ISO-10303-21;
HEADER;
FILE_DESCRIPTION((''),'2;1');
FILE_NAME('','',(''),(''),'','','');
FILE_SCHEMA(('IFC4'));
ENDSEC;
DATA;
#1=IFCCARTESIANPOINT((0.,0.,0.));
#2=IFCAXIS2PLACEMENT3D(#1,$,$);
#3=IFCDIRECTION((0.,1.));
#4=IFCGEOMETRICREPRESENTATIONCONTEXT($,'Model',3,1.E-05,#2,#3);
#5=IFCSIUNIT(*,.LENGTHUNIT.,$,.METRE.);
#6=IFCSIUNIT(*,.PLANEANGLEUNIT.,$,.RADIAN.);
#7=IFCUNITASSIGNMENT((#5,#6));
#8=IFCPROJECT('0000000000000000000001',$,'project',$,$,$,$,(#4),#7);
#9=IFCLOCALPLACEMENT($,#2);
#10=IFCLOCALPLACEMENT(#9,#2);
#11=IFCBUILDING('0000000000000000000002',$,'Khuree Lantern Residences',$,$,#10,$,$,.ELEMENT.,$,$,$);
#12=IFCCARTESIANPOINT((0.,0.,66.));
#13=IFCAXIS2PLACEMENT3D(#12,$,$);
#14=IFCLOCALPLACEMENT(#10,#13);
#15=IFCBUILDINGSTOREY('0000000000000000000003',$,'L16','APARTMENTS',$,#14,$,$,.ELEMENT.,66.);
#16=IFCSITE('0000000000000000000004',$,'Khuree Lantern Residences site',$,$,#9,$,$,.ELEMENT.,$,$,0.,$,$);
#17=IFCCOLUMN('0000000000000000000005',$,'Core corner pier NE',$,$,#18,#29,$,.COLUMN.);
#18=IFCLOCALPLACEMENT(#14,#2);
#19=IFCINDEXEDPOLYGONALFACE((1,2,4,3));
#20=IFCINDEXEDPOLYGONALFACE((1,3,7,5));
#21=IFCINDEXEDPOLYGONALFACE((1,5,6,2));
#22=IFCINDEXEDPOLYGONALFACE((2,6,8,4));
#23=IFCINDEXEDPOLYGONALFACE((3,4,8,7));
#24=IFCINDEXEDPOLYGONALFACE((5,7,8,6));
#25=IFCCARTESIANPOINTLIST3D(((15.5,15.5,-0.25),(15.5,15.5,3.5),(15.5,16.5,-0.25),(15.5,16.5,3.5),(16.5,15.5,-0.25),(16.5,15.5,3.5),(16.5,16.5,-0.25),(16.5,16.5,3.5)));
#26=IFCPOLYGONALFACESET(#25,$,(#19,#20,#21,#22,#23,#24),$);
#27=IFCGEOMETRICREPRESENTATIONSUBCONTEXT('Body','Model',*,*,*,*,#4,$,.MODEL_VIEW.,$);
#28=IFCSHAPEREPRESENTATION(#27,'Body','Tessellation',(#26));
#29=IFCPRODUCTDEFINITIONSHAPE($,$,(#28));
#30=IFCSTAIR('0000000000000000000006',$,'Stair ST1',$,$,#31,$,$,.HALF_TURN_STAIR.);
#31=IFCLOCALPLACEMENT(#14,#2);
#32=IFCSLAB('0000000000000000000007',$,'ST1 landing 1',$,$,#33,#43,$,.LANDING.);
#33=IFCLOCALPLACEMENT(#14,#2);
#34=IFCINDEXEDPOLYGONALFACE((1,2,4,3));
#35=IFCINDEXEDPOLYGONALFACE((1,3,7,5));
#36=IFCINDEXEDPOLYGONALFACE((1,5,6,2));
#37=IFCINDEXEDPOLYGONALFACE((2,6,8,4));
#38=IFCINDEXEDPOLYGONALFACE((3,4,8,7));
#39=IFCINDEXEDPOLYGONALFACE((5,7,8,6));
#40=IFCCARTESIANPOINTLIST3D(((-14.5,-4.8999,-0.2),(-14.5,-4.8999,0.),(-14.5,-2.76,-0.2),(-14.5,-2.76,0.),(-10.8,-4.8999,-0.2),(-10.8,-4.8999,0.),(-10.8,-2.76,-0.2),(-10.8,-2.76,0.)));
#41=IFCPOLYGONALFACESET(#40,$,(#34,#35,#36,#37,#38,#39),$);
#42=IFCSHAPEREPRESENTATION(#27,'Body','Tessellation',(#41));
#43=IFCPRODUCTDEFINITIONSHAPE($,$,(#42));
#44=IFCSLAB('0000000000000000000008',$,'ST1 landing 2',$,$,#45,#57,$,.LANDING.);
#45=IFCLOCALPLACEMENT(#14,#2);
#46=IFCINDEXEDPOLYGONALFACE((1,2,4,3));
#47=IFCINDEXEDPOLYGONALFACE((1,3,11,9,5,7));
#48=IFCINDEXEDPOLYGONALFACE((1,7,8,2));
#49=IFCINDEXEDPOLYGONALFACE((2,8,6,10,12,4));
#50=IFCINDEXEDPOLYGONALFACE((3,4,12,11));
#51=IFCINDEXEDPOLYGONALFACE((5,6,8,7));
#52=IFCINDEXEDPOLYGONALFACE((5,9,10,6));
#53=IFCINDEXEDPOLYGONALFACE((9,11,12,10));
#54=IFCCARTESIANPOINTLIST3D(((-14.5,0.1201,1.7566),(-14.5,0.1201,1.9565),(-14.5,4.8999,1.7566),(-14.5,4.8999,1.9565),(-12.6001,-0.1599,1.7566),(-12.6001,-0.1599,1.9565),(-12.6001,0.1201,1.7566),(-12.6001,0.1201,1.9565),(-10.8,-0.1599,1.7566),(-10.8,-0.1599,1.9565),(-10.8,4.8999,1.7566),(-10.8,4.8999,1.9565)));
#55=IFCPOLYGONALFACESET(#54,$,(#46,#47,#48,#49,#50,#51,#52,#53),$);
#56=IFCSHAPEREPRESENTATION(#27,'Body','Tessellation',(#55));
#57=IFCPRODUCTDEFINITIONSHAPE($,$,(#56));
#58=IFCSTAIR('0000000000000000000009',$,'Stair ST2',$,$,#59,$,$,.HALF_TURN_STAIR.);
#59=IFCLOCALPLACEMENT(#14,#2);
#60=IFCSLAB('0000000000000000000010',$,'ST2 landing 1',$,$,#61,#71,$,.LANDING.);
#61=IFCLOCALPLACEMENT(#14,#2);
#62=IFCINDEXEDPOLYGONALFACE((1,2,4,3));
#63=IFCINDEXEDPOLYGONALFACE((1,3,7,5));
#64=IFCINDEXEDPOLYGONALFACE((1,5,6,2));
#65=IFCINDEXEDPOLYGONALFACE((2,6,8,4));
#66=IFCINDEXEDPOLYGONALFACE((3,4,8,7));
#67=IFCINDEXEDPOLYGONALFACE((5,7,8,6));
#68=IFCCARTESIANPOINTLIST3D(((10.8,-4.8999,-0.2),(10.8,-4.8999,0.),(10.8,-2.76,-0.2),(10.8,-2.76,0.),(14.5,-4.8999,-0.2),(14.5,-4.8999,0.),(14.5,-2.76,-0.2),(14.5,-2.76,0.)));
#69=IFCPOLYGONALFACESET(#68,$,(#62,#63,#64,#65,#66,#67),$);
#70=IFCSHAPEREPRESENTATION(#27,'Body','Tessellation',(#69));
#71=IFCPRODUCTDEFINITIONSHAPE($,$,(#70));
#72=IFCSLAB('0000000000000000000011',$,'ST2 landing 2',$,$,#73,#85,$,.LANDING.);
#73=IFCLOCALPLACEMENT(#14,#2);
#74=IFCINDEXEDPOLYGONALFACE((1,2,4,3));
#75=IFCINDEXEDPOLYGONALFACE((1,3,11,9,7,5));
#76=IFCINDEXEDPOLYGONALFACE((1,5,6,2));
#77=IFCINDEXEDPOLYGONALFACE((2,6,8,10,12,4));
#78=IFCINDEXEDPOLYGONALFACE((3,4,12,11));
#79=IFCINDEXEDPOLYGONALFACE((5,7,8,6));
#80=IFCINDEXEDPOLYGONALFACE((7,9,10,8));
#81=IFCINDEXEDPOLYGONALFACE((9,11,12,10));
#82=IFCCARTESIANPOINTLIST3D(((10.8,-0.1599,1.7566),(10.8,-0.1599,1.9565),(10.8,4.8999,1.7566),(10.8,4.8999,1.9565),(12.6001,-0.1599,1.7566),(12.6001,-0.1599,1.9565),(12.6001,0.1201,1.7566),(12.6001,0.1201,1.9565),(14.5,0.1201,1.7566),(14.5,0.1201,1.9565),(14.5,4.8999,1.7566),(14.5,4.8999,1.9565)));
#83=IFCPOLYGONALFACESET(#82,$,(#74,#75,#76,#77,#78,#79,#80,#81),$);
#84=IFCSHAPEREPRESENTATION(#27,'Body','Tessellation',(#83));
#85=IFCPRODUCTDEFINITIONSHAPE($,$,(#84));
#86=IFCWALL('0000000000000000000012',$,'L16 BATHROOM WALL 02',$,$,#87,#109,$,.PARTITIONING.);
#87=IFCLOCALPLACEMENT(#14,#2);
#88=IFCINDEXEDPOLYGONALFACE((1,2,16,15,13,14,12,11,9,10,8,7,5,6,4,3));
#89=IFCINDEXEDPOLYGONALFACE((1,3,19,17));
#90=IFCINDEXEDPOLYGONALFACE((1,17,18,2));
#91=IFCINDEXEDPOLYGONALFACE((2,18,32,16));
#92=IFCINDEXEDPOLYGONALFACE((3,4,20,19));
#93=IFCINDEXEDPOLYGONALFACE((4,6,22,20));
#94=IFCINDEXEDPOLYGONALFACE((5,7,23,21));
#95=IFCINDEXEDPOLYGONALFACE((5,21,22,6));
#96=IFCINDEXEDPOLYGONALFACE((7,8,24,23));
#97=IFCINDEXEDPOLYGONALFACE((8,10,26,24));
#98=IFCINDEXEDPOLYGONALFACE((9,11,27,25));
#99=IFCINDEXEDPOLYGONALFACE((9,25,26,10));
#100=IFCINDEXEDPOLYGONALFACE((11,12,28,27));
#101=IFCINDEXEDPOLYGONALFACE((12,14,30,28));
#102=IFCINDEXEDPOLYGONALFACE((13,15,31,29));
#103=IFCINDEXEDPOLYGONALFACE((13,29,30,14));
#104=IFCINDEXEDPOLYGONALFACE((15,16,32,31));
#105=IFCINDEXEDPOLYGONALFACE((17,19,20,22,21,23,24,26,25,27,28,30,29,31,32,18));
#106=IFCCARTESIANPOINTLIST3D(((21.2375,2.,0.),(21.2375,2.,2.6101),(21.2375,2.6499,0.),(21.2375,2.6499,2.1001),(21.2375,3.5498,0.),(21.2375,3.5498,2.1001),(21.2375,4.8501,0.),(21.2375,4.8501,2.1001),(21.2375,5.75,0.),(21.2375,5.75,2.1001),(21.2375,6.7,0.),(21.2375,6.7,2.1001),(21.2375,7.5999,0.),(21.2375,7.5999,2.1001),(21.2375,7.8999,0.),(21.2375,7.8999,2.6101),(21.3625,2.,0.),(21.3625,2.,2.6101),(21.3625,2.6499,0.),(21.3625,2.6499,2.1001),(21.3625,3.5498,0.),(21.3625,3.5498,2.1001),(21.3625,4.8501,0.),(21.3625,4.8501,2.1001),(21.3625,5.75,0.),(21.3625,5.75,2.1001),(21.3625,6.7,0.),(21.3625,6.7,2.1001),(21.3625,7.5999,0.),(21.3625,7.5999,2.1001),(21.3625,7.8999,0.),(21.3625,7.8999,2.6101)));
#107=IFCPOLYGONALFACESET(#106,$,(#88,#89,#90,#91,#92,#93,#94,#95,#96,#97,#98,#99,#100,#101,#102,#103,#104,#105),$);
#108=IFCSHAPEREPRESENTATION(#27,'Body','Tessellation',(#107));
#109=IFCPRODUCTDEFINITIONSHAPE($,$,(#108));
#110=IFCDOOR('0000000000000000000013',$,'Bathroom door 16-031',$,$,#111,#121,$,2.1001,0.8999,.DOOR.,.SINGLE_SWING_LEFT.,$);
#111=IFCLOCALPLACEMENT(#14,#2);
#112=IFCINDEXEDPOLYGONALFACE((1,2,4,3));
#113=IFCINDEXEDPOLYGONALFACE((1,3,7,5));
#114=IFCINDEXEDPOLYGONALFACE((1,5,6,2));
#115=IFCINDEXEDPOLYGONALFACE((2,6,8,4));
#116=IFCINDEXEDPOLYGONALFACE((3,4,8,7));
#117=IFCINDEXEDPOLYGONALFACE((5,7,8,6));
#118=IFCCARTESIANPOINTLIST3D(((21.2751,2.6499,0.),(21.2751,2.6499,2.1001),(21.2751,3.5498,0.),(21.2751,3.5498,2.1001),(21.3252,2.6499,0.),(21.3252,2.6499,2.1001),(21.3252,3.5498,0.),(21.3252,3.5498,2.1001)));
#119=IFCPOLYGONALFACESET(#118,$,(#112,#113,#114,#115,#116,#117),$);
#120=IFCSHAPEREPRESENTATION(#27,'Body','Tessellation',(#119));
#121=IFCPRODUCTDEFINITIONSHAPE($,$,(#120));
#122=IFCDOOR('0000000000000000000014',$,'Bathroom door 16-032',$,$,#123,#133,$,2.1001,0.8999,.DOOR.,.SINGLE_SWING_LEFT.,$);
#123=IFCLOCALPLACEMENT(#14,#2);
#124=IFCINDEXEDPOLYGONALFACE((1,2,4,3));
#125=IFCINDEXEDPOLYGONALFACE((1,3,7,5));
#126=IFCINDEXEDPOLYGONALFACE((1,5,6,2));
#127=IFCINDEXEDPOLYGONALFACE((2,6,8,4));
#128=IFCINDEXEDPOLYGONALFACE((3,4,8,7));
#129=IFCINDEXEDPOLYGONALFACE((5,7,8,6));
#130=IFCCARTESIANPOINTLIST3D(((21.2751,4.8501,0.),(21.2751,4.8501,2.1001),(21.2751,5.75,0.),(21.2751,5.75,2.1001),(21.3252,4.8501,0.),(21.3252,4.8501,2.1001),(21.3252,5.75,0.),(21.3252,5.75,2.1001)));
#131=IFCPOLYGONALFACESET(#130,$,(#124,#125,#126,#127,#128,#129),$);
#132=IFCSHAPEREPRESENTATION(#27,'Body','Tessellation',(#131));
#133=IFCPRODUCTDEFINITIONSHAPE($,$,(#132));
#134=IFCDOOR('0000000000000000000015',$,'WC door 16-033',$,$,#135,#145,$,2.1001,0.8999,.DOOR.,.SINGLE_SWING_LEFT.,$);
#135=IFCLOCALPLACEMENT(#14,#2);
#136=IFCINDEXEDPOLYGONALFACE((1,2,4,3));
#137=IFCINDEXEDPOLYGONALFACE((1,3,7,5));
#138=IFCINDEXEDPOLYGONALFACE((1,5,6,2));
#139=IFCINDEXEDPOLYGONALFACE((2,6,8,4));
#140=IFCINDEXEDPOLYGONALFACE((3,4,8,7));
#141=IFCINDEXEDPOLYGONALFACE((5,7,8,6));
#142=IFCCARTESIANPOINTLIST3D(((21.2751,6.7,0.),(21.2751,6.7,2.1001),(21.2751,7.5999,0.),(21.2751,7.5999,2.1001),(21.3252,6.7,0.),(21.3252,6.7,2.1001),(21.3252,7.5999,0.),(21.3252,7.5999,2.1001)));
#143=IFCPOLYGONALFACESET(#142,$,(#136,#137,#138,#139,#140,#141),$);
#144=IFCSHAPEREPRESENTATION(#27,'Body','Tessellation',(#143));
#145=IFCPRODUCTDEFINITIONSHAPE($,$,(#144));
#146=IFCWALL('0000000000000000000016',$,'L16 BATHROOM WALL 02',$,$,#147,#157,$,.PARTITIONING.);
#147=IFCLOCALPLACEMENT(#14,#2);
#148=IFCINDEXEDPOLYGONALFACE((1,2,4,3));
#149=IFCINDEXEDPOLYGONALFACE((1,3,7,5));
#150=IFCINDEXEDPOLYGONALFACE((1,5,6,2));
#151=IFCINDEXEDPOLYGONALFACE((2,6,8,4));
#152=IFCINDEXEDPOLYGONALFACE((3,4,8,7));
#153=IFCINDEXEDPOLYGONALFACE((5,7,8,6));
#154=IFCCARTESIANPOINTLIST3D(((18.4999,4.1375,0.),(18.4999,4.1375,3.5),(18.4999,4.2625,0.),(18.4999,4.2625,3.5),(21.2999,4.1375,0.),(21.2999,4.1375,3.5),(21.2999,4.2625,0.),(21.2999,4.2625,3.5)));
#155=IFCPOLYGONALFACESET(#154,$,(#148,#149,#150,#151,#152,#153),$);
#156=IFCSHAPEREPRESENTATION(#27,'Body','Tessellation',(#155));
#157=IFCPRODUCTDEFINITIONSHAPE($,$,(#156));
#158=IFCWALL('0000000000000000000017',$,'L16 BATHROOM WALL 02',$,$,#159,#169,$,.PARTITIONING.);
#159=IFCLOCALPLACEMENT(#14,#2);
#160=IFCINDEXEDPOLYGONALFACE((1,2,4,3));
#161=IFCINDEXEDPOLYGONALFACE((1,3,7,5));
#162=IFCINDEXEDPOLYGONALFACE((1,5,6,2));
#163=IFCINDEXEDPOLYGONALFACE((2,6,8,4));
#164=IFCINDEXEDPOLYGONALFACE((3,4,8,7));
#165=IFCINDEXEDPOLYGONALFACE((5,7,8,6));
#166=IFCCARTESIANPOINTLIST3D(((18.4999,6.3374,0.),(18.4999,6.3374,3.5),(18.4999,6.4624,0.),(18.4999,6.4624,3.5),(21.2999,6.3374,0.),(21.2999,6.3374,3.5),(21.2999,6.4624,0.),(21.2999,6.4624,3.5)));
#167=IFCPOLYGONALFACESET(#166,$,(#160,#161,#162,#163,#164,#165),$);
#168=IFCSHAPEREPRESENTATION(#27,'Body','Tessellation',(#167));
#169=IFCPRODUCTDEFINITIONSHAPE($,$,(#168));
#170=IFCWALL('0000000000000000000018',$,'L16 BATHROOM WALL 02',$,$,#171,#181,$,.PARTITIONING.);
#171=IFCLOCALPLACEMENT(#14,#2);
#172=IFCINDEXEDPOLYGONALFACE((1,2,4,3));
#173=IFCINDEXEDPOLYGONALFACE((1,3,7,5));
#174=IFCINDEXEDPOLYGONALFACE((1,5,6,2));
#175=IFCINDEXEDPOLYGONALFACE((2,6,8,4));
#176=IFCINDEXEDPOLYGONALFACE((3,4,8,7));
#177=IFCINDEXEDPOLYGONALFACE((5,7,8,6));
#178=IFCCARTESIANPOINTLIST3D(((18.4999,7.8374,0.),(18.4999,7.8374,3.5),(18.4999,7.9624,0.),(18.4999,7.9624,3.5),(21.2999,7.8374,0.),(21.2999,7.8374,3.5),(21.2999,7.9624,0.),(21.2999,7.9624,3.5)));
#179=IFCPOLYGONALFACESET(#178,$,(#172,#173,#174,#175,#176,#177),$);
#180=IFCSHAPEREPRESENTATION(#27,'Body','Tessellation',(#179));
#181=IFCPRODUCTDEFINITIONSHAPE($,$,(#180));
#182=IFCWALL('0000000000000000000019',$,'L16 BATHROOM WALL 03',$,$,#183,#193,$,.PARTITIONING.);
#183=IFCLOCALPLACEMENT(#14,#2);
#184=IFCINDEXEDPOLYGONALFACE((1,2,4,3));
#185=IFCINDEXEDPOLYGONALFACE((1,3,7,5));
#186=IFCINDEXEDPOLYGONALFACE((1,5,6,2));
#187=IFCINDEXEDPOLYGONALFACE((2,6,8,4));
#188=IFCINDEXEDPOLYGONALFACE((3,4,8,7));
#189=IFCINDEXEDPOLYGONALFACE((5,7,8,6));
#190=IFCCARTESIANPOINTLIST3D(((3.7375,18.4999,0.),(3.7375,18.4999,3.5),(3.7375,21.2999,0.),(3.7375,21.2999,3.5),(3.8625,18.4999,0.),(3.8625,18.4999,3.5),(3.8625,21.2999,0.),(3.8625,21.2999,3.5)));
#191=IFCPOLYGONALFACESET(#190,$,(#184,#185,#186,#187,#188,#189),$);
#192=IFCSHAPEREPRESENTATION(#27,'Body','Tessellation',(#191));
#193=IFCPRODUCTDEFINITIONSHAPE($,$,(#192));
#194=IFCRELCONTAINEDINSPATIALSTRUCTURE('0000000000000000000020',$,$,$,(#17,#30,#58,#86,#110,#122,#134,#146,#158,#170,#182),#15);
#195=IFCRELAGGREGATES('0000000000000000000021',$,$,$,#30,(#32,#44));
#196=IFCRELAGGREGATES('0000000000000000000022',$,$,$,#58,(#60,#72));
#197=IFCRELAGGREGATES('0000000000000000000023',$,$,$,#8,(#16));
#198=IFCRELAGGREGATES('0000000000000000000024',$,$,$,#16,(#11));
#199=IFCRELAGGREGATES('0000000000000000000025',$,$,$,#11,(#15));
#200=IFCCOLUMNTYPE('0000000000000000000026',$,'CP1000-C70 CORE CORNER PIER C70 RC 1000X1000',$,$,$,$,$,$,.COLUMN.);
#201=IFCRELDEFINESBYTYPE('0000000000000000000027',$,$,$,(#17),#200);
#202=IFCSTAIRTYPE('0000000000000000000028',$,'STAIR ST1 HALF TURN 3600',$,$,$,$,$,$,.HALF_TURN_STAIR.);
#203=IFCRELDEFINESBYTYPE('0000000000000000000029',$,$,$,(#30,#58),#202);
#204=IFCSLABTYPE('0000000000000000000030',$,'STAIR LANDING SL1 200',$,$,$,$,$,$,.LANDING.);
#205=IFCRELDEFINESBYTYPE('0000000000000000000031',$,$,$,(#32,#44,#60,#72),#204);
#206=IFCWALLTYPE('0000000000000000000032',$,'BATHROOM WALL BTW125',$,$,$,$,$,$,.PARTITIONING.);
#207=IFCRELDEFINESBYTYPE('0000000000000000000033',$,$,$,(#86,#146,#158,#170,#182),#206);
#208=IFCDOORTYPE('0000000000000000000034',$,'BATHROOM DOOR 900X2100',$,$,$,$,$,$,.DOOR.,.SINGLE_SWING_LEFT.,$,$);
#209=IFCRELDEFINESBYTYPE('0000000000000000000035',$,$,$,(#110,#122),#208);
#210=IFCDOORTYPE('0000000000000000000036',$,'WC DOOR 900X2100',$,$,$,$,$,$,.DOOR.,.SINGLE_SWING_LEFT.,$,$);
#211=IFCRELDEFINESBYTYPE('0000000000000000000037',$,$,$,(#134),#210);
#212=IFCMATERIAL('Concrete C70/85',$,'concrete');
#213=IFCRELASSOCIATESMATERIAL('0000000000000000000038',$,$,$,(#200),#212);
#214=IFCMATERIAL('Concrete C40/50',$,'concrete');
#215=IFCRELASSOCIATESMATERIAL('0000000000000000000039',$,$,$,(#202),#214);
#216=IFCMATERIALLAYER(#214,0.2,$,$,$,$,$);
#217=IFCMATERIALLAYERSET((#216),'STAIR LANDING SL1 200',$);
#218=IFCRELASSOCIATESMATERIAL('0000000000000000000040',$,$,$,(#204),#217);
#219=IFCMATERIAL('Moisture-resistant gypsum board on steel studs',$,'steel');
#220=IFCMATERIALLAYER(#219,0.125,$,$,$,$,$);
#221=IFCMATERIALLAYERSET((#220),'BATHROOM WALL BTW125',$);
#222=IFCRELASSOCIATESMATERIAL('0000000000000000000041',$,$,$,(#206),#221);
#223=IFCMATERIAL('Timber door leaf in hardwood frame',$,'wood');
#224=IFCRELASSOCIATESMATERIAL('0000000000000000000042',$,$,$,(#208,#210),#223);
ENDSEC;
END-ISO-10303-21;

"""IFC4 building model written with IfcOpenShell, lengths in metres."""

from ifc_helpers import new_model, si_unit, direction, frame, frame_2d, origin, origin_2d, place, context, subcontext, project, spatial, polyline, rectangle, outline, extrude, material, layer, layer_set, material_profile, profile_set, type_object, element, fill, aggregate, save


model = new_model("IFC4")

# Units and contexts
model_context = context("Model", 3, precision=1e-05, world=origin(), true_north=direction((0.0, 1.0)))
body_context = subcontext(model_context, "Body", "Model", "MODEL_VIEW")
ifc_project = project(units=[si_unit("LENGTHUNIT", "METRE"), si_unit("PLANEANGLEUNIT", "RADIAN")], contexts=[model_context])

# Site, building, storey
site_placement = place(None, origin())
site = spatial("IfcSite", under=ifc_project, at=site_placement, Name="Khuree Lantern Residences site", CompositionType="ELEMENT", RefElevation=0.0)
building_placement = place(site_placement, origin())
building = spatial("IfcBuilding", under=site, at=building_placement, Name="Khuree Lantern Residences", CompositionType="ELEMENT")
storey_placement = place(building_placement, frame((0.0, 0.0, 66.0)))
storey = spatial("IfcBuildingStorey", under=building, at=storey_placement, Name="L16", Description="APARTMENTS", CompositionType="ELEMENT", Elevation=66.0)

# Column
ifc_material_1 = material(Name="Concrete C70/85", Category="concrete")
ifc_material_profile = material_profile(ifc_material_1, rectangle(XDim=1.0, YDim=1.0, at=origin_2d()), Name="RC 1000X1000")
ifc_profile_set = profile_set([ifc_material_profile], Name="Concrete C70/85")
column_type = type_object("IfcColumnType", Name="CP1000-C70 CORE CORNER PIER C70 RC 1000X1000", PredefinedType="COLUMN", material=ifc_profile_set)
column_placement = place(storey_placement, frame((16.0, 16.0, -0.25), z_axis=(0.0, 0.0, 1.0), x_axis=(1.0, 0.0, 0.0)))
element("IfcColumn", 1, at=column_placement, inside=storey, type_object=column_type, Name="Core corner pier NE", PredefinedType="COLUMN", context=body_context, shape_type="SweptSolid", body=[
    extrude(rectangle(XDim=1.0, YDim=1.0, at=origin_2d()), origin(), (0.0, 0.0, 1.0), 3.75),
])

# Stairs, slabs
ifc_material_2 = material(Name="Concrete C40/50", Category="concrete")
stair_type = type_object("IfcStairType", Name="STAIR ST1 HALF TURN 3600", PredefinedType="HALF_TURN_STAIR", material=ifc_material_2)
stair_1_placement = place(storey_placement, origin())
stair_1 = element("IfcStair", 2, at=stair_1_placement, inside=storey, type_object=stair_type, Name="Stair ST1", PredefinedType="HALF_TURN_STAIR")
ifc_layer_1 = layer(ifc_material_2, 0.2)
ifc_layer_set_1 = layer_set([ifc_layer_1], Name="STAIR LANDING SL1 200")
slab_type = type_object("IfcSlabType", Name="STAIR LANDING SL1 200", PredefinedType="LANDING", material=ifc_layer_set_1)
slab_1_placement = place(storey_placement, frame((0.0, 0.0, -0.2)))
slab_1 = element("IfcSlab", 3, at=slab_1_placement, type_object=slab_type, Name="ST1 landing 1", PredefinedType="LANDING", context=body_context, shape_type="SweptSolid", body=[
    extrude(outline(polyline([(-14.5, -4.8999), (-10.8, -4.8999), (-10.8, -2.76), (-14.5, -2.76), (-14.5, -4.8999)])), origin(), (0.0, 0.0, 1.0), 0.2),
])
slab_2_placement = place(storey_placement, frame((0.0, 0.0, 1.7566)))
slab_2 = element("IfcSlab", 4, at=slab_2_placement, type_object=slab_type, Name="ST1 landing 2", PredefinedType="LANDING", context=body_context, shape_type="SweptSolid", body=[
    extrude(outline(polyline([(-14.5, 0.1201), (-14.5, 4.8999), (-10.8, 4.8999), (-10.8, -0.1599), (-12.6001, -0.1599), (-12.6001, 0.1201), (-14.5, 0.1201)])), origin(), (0.0, 0.0, 1.0), 0.2),
])
aggregate(stair_1, [slab_1, slab_2])
stair_2_placement = place(storey_placement, origin())
stair_2 = element("IfcStair", 5, at=stair_2_placement, inside=storey, type_object=stair_type, Name="Stair ST2", PredefinedType="HALF_TURN_STAIR")
slab_3_placement = place(storey_placement, frame((0.0, 0.0, -0.2)))
slab_3 = element("IfcSlab", 6, at=slab_3_placement, type_object=slab_type, Name="ST2 landing 1", PredefinedType="LANDING", context=body_context, shape_type="SweptSolid", body=[
    extrude(outline(polyline([(10.8, -4.8999), (14.5, -4.8999), (14.5, -2.76), (10.8, -2.76), (10.8, -4.8999)])), origin(), (0.0, 0.0, 1.0), 0.2),
])
slab_4_placement = place(storey_placement, frame((0.0, 0.0, 1.7566)))
slab_4 = element("IfcSlab", 7, at=slab_4_placement, type_object=slab_type, Name="ST2 landing 2", PredefinedType="LANDING", context=body_context, shape_type="SweptSolid", body=[
    extrude(outline(polyline([(14.5, 4.8999), (14.5, 0.1201), (12.6001, 0.1201), (12.6001, -0.1599), (10.8, -0.1599), (10.8, 4.8999), (14.5, 4.8999)])), origin(), (0.0, 0.0, 1.0), 0.2),
])

# Wall, openings, doors
ifc_material_3 = material(Name="Moisture-resistant gypsum board on steel studs", Category="steel")
ifc_layer_2 = layer(ifc_material_3, 0.125)
ifc_layer_set_2 = layer_set([ifc_layer_2], Name="BATHROOM WALL BTW125")
wall_type_1 = type_object("IfcWallType", Name="BATHROOM WALL BTW125", PredefinedType="PARTITIONING", material=ifc_layer_set_2)
wall_1_placement = place(storey_placement, frame((21.3, 2.0, 0.0), z_axis=(0.0, 0.0, 1.0), x_axis=(0.0, 1.0, 0.0)))
wall_1 = element("IfcWall", 8, at=wall_1_placement, inside=storey, type_object=wall_type_1, Name="L16 BATHROOM WALL 02", PredefinedType="PARTITIONING", context=body_context, shape_type="SweptSolid", body=[
    extrude(rectangle(XDim=5.8999, YDim=0.125, at=frame_2d((2.95, 0.0))), origin(), (0.0, 0.0, 1.0), 2.6101),
])
opening_1_placement = place(wall_1_placement, frame((0.6499, 0.0, 0.0)))
opening_1 = element("IfcOpeningElement", 9, at=opening_1_placement, cuts=wall_1, PredefinedType="OPENING", context=body_context, shape_type="SweptSolid", body=[
    extrude(rectangle(XDim=0.8999, YDim=2.1001, at=frame_2d((0.45, 1.05))), frame((0.0, 0.0725, 0.0), z_axis=(0.0, -1.0, 0.0), x_axis=(1.0, 0.0, 0.0)), (0.0, 0.0, 1.0), 0.145),
])
opening_2_placement = place(wall_1_placement, frame((2.8501, 0.0, 0.0)))
opening_2 = element("IfcOpeningElement", 10, at=opening_2_placement, cuts=wall_1, PredefinedType="OPENING", context=body_context, shape_type="SweptSolid", body=[
    extrude(rectangle(XDim=0.8999, YDim=2.1001, at=frame_2d((0.45, 1.05))), frame((0.0, 0.0725, 0.0), z_axis=(0.0, -1.0, 0.0), x_axis=(1.0, 0.0, 0.0)), (0.0, 0.0, 1.0), 0.145),
])
opening_3_placement = place(wall_1_placement, frame((4.7, 0.0, 0.0)))
opening_3 = element("IfcOpeningElement", 11, at=opening_3_placement, cuts=wall_1, PredefinedType="OPENING", context=body_context, shape_type="SweptSolid", body=[
    extrude(rectangle(XDim=0.8999, YDim=2.1001, at=frame_2d((0.45, 1.05))), frame((0.0, 0.0725, 0.0), z_axis=(0.0, -1.0, 0.0), x_axis=(1.0, 0.0, 0.0)), (0.0, 0.0, 1.0), 0.145),
])
ifc_material_4 = material(Name="Timber door leaf in hardwood frame", Category="wood")
door_type_1 = type_object("IfcDoorType", Name="BATHROOM DOOR 900X2100", OperationType="SINGLE_SWING_LEFT", PredefinedType="DOOR", material=ifc_material_4)
door_1_placement = place(opening_1_placement, origin())
door_1 = element("IfcDoor", 12, at=door_1_placement, inside=storey, type_object=door_type_1, Name="Bathroom door 16-031", OperationType="SINGLE_SWING_LEFT", OverallHeight=2.1001, OverallWidth=0.8999, PredefinedType="DOOR", context=body_context, shape_type="SweptSolid", body=[
    extrude(rectangle(XDim=0.8999, YDim=2.1001, at=frame_2d((0.45, 1.05))), frame((0.0, 0.0249, 0.0), z_axis=(0.0, -1.0, 0.0), x_axis=(1.0, 0.0, 0.0)), (0.0, 0.0, 1.0), 0.05),
])
fill(opening_1, door_1)
door_2_placement = place(opening_2_placement, origin())
door_2 = element("IfcDoor", 13, at=door_2_placement, inside=storey, type_object=door_type_1, Name="Bathroom door 16-032", OperationType="SINGLE_SWING_LEFT", OverallHeight=2.1001, OverallWidth=0.8999, PredefinedType="DOOR", context=body_context, shape_type="SweptSolid", body=[
    extrude(rectangle(XDim=0.8999, YDim=2.1001, at=frame_2d((0.45, 1.05))), frame((0.0, 0.0249, 0.0), z_axis=(0.0, -1.0, 0.0), x_axis=(1.0, 0.0, 0.0)), (0.0, 0.0, 1.0), 0.05),
])
fill(opening_2, door_2)
door_type_2 = type_object("IfcDoorType", Name="WC DOOR 900X2100", OperationType="SINGLE_SWING_LEFT", PredefinedType="DOOR", material=ifc_material_4)
door_3_placement = place(opening_3_placement, origin())
door_3 = element("IfcDoor", 14, at=door_3_placement, inside=storey, type_object=door_type_2, Name="WC door 16-033", OperationType="SINGLE_SWING_LEFT", OverallHeight=2.1001, OverallWidth=0.8999, PredefinedType="DOOR", context=body_context, shape_type="SweptSolid", body=[
    extrude(rectangle(XDim=0.8999, YDim=2.1001, at=frame_2d((0.45, 1.05))), frame((0.0, 0.0249, 0.0), z_axis=(0.0, -1.0, 0.0), x_axis=(1.0, 0.0, 0.0)), (0.0, 0.0, 1.0), 0.05),
])
fill(opening_3, door_3)

# Walls
for number, where, z_axis, x_axis, name in (
    (15, (18.5, 4.2, 0.0), (0.0, 0.0, 1.0), (1.0, 0.0, 0.0), "L16 BATHROOM WALL 02"),
    (16, (18.5, 6.3999, 0.0), (0.0, 0.0, 1.0), (1.0, 0.0, 0.0), "L16 BATHROOM WALL 02"),
    (17, (18.5, 7.8999, 0.0), (0.0, 0.0, 1.0), (1.0, 0.0, 0.0), "L16 BATHROOM WALL 02"),
    (18, (3.8, 18.5, 0.0), (0.0, 0.0, 1.0), (0.0, 1.0, 0.0), "L16 BATHROOM WALL 03"),
):
    element("IfcWall", number, at=place(storey_placement, frame(where, z_axis=z_axis, x_axis=x_axis)), inside=storey, type_object=wall_type_1, Name=name, PredefinedType="PARTITIONING", context=body_context, shape_type="SweptSolid", body=[
        extrude(rectangle(XDim=2.8, YDim=0.125, at=frame_2d((1.3999, 0.0))), origin(), (0.0, 0.0, 1.0), 3.5),
    ])

aggregate(stair_2, [slab_3, slab_4])

save(model, "model.ifc")
